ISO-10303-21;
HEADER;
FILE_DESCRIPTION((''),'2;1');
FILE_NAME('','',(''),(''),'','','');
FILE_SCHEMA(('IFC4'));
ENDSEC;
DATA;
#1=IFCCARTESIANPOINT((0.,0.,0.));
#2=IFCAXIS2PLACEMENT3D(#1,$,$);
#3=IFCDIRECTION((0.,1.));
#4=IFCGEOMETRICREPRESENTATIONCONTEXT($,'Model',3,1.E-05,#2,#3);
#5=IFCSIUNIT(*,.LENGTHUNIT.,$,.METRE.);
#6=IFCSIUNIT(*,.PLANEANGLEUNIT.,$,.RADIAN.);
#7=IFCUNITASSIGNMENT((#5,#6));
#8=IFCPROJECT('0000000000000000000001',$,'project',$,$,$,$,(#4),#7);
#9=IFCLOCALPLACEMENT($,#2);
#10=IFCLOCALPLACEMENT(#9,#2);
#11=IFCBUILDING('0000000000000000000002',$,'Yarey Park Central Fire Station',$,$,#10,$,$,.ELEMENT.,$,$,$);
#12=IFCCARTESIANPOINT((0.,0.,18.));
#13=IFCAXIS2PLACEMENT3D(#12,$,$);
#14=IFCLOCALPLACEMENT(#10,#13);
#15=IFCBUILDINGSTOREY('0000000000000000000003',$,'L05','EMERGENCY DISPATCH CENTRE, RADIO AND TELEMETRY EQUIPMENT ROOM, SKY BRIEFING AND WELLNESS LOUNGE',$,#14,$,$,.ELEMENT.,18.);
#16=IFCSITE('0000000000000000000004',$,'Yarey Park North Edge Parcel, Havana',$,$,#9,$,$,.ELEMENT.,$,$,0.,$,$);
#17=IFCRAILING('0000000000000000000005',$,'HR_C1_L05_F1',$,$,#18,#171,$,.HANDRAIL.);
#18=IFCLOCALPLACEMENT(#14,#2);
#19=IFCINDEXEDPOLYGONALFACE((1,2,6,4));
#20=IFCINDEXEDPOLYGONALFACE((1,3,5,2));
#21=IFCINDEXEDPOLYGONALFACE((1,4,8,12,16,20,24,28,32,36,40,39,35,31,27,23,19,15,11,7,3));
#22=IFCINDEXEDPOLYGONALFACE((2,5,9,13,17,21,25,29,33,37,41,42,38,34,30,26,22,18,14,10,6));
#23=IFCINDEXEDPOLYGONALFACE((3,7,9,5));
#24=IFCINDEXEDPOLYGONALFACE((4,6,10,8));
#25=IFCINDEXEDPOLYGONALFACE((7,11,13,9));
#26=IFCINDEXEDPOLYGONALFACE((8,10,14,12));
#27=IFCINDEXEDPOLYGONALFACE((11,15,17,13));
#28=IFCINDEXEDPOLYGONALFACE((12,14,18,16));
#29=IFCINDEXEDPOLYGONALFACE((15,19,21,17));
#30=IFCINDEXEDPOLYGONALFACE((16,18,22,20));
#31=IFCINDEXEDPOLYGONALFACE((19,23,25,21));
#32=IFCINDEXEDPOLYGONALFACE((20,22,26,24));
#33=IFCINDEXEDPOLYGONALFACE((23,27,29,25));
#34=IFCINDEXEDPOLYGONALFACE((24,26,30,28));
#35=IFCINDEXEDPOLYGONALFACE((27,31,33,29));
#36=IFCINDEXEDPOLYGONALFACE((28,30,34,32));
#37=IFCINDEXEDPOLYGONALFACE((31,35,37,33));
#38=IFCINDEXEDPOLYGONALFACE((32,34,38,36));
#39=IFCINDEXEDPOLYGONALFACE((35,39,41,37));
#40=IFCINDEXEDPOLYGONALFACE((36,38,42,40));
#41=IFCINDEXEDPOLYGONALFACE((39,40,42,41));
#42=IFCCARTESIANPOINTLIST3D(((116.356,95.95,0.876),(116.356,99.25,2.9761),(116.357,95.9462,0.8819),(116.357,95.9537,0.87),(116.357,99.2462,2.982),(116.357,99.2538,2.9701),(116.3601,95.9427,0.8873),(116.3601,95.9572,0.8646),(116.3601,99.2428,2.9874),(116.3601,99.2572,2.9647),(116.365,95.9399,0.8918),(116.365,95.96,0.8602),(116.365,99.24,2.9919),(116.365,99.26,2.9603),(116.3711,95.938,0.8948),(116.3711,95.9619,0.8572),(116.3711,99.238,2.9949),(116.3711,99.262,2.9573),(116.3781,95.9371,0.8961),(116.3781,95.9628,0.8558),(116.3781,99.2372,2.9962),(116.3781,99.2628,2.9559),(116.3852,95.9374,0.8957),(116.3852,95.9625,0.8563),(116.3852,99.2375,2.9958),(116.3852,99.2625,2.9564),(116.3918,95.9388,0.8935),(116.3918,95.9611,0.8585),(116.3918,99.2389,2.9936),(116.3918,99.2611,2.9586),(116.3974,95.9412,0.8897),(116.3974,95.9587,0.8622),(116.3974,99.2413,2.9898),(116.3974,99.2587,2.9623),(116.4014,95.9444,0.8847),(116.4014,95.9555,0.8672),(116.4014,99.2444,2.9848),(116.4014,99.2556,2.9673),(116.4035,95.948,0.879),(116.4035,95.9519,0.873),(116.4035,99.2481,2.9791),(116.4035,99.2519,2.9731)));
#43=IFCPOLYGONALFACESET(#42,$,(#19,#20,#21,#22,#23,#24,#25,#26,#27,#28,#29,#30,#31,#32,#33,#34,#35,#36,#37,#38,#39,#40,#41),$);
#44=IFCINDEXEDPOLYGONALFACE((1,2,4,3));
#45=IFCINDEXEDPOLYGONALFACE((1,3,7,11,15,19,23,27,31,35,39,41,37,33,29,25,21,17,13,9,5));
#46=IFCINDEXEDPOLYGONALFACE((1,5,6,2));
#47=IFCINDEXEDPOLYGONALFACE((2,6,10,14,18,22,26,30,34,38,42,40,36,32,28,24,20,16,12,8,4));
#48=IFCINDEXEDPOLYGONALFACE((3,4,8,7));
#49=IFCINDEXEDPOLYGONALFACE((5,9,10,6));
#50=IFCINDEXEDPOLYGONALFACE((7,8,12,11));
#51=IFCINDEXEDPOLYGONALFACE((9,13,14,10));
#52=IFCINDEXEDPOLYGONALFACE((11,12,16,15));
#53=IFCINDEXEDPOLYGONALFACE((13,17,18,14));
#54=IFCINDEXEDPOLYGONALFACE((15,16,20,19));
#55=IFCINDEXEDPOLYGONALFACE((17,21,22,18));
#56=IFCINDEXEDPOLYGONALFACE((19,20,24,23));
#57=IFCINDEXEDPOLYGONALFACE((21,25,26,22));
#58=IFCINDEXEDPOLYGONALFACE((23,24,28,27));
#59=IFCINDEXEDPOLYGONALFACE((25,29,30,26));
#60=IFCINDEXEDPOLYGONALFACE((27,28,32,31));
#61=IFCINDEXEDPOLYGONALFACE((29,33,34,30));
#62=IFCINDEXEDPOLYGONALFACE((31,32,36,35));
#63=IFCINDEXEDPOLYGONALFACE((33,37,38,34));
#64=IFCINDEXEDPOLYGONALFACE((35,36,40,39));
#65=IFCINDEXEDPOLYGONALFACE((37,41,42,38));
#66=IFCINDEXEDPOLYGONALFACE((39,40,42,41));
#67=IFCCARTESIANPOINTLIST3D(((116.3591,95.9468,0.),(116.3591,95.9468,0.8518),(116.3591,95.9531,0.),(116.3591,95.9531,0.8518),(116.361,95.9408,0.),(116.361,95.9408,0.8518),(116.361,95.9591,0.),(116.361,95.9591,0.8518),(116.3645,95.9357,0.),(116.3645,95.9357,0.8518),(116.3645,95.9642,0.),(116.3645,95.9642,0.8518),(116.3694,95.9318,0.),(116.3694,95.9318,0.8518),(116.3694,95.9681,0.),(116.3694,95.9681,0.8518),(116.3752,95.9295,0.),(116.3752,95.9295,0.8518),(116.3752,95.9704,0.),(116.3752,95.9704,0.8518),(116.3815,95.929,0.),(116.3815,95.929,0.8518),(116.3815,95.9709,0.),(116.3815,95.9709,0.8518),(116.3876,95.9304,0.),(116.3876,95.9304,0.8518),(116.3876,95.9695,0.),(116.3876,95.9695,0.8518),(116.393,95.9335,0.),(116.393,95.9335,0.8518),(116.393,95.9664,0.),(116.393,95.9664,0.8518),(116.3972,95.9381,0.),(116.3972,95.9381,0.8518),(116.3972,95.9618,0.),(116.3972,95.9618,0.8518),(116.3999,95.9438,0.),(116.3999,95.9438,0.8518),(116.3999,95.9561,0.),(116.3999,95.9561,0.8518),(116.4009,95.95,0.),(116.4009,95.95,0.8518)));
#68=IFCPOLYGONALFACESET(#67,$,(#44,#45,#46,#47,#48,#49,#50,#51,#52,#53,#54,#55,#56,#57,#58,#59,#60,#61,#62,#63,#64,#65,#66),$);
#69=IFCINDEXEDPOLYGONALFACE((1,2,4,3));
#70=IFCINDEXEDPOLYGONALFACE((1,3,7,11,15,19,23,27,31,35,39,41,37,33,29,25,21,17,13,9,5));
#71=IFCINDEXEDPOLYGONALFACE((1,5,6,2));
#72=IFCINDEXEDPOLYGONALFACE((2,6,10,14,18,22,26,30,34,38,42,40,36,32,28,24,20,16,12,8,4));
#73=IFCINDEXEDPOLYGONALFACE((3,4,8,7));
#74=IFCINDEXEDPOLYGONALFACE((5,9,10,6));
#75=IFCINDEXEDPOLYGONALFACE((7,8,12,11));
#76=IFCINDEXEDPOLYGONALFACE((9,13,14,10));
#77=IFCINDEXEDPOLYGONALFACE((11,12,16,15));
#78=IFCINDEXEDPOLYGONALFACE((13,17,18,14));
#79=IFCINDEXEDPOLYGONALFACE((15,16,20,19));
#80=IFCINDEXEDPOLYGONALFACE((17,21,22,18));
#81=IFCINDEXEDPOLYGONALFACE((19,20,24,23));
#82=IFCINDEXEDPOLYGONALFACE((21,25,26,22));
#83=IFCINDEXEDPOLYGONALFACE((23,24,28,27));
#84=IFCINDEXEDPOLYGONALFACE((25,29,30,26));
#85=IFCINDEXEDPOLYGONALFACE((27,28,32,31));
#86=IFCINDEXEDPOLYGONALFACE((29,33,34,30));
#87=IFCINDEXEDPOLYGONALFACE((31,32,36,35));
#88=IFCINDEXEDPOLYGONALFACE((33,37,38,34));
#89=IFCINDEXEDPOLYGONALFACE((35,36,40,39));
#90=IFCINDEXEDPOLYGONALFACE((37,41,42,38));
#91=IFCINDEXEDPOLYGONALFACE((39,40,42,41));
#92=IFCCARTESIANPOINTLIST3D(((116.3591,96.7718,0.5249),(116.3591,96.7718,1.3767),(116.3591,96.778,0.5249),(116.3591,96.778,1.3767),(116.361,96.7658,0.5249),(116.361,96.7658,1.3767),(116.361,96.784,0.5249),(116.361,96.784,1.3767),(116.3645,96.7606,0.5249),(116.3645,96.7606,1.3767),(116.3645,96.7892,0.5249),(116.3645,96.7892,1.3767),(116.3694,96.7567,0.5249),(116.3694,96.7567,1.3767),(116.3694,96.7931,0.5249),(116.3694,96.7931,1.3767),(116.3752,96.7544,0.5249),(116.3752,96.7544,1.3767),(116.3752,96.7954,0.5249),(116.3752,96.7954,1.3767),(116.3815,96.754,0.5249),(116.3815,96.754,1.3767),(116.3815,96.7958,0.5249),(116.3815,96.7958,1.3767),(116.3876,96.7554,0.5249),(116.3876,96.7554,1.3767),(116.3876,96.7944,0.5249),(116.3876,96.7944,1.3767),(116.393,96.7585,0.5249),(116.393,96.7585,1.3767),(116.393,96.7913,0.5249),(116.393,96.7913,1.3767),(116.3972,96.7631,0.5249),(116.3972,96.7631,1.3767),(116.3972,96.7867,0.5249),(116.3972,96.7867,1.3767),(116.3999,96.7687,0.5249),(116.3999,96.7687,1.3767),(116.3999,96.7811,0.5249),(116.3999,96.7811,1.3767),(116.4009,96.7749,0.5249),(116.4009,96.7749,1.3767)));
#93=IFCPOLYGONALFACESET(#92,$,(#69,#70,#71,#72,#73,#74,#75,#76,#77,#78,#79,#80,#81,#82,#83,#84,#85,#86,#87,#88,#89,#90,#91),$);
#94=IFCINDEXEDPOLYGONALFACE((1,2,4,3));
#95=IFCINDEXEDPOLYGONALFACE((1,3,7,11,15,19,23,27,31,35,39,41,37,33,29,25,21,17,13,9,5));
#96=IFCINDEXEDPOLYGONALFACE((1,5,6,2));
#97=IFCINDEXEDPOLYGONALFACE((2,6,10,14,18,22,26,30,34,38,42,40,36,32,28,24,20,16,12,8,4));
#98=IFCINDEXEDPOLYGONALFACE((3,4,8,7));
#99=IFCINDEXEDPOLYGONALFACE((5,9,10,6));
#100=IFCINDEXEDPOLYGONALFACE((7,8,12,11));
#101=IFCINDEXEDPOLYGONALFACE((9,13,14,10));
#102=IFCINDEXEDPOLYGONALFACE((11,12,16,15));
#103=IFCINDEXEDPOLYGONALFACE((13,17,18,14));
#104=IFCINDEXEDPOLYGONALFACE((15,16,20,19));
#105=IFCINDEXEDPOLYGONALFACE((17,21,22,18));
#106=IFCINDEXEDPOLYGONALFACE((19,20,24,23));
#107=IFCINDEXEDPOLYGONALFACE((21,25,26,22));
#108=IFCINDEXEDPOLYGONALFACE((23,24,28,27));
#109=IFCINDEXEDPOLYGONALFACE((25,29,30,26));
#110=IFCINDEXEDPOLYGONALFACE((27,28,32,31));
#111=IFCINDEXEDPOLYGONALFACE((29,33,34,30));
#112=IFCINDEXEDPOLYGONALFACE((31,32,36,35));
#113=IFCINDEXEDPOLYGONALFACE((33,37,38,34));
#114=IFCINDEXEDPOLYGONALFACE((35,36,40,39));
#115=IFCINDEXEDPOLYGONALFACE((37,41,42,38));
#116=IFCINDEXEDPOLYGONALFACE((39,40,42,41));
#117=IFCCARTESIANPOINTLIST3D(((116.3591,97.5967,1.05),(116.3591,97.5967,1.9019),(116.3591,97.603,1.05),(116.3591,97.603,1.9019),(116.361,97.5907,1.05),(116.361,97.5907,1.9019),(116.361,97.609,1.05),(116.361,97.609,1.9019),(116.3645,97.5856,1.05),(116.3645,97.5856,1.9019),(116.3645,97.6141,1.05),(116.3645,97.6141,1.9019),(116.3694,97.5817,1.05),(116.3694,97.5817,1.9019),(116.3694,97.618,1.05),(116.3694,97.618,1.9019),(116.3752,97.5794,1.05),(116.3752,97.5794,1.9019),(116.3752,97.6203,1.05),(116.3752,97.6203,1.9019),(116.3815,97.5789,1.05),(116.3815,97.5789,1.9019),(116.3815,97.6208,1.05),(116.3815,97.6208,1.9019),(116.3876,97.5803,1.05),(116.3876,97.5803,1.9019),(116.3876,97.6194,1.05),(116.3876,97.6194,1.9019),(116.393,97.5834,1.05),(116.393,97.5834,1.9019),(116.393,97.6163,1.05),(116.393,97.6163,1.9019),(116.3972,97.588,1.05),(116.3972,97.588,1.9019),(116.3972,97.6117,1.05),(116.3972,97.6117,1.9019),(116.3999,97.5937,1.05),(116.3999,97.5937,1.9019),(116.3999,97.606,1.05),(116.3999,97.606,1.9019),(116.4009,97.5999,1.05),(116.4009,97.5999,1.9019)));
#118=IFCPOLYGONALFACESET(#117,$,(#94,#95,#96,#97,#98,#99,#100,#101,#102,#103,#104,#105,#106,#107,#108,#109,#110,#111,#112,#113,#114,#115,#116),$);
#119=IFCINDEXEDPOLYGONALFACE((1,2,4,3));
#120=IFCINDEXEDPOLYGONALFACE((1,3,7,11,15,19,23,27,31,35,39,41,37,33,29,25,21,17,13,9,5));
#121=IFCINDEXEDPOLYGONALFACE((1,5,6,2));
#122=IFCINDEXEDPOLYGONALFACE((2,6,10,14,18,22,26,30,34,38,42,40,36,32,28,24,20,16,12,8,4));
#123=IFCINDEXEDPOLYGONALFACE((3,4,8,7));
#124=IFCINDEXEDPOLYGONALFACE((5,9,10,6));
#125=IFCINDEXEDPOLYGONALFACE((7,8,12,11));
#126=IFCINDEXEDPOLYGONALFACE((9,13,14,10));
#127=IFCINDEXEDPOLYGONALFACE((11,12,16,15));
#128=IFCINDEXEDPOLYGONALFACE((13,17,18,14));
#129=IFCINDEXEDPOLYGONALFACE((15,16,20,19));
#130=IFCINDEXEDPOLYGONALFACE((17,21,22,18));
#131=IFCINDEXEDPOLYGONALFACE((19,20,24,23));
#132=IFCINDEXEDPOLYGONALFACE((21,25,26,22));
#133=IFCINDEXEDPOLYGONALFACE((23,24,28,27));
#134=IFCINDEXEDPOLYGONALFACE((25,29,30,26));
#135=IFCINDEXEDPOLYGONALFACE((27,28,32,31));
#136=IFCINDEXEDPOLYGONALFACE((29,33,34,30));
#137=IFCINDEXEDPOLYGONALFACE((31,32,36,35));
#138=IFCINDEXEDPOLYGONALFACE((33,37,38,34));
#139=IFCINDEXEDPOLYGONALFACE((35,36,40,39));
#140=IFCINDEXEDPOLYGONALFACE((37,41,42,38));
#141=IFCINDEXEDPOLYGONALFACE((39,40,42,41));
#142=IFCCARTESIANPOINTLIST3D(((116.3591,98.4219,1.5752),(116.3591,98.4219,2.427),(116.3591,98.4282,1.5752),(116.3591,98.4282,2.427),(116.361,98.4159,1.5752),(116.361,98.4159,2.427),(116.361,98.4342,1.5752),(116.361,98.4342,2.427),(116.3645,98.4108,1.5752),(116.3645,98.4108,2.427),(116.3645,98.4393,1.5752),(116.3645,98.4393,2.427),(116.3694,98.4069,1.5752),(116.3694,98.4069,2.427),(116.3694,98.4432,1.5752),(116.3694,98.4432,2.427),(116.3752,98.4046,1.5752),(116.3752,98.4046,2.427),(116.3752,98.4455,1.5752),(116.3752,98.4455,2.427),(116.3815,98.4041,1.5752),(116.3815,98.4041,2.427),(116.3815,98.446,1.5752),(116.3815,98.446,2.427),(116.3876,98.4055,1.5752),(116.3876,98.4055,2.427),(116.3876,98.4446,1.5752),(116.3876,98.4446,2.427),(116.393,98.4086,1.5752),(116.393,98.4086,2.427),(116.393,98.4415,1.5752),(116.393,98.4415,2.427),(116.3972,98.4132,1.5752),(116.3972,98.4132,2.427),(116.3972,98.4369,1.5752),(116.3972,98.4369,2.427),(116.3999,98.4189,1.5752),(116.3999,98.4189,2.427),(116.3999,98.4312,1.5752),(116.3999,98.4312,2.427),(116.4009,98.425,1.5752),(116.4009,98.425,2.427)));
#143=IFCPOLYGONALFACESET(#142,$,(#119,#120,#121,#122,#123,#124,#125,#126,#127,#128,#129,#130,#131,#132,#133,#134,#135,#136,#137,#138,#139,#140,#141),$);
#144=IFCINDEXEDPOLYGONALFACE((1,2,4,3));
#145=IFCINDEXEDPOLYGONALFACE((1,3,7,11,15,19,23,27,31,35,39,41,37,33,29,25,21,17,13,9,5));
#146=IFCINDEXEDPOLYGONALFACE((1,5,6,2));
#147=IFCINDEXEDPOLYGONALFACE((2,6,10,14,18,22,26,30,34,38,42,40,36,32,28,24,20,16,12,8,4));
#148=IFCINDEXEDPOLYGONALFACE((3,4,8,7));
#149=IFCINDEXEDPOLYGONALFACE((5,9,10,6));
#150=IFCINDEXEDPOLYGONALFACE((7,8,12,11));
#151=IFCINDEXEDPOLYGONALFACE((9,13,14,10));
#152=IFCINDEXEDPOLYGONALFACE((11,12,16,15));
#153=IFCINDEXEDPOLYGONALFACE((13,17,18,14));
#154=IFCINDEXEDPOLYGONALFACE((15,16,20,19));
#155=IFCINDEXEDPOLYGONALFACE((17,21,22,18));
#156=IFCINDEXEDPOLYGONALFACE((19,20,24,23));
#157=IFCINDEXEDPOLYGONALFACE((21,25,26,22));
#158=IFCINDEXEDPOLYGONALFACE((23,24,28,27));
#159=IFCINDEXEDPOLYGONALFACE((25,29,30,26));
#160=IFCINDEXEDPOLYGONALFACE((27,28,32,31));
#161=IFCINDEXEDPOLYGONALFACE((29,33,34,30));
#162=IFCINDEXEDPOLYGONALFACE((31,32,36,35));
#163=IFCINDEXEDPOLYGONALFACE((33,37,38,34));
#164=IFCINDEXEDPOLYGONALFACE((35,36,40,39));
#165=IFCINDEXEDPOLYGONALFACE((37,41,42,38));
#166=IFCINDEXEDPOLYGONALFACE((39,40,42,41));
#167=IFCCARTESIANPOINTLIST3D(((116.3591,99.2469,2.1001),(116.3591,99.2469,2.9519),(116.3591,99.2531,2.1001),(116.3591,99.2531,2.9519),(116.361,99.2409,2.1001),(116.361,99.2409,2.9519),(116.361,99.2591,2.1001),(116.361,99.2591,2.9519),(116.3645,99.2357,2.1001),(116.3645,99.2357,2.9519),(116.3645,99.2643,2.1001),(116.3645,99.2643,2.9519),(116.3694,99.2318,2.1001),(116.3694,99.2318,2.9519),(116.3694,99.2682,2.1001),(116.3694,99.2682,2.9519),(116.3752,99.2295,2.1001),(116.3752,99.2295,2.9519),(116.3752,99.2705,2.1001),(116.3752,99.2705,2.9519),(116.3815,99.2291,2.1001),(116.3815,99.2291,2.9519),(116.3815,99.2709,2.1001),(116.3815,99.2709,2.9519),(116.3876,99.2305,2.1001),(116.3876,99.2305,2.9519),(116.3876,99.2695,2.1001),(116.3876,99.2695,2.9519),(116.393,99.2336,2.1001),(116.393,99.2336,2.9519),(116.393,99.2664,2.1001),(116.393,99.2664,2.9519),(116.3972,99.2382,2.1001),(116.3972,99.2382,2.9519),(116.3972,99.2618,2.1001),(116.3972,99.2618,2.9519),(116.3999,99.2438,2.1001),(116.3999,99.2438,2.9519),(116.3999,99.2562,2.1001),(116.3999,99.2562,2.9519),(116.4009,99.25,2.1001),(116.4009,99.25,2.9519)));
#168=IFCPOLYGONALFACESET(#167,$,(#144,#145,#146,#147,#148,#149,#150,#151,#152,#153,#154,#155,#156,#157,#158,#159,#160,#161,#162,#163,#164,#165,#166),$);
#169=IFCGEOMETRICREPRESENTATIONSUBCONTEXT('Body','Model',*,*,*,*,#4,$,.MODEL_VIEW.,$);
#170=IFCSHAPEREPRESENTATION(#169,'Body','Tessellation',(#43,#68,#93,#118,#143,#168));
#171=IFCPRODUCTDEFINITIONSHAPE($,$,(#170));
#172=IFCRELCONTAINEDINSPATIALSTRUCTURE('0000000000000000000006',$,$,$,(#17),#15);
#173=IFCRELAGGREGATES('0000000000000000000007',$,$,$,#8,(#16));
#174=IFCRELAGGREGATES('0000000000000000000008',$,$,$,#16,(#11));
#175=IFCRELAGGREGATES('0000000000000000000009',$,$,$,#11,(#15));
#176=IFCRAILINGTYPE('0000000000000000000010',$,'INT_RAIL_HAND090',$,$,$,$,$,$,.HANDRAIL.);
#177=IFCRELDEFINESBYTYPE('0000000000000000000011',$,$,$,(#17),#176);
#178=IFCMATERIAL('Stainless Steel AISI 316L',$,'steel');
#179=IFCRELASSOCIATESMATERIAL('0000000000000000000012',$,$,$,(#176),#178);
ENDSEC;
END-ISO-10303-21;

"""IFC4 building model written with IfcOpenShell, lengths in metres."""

from ifc_helpers import new_model, si_unit, direction, frame, origin, origin_2d, place, context, subcontext, project, spatial, circle, extrude, material, type_object, element, save


model = new_model("IFC4")

# Units and contexts
model_context = context("Model", 3, precision=1e-05, world=origin(), true_north=direction((0.0, 1.0)))
body_context = subcontext(model_context, "Body", "Model", "MODEL_VIEW")
ifc_project = project(units=[si_unit("LENGTHUNIT", "METRE"), si_unit("PLANEANGLEUNIT", "RADIAN")], contexts=[model_context])

# Site, building, storey
site_placement = place(None, origin())
site = spatial("IfcSite", under=ifc_project, at=site_placement, Name="Yarey Park North Edge Parcel, Havana", CompositionType="ELEMENT", RefElevation=0.0)
building_placement = place(site_placement, origin())
building = spatial("IfcBuilding", under=site, at=building_placement, Name="Yarey Park Central Fire Station", CompositionType="ELEMENT")
storey_placement = place(building_placement, frame((0.0, 0.0, 18.0)))
storey = spatial("IfcBuildingStorey", under=building, at=storey_placement, Name="L05", Description="EMERGENCY DISPATCH CENTRE, RADIO AND TELEMETRY EQUIPMENT ROOM, SKY BRIEFING AND WELLNESS LOUNGE", CompositionType="ELEMENT", Elevation=18.0)

# Railing
ifc_material_1 = material(Name="Stainless Steel AISI 316L", Category="steel")
railing_type_1 = type_object("IfcRailingType", Name="INT_RAIL_HAND090", PredefinedType="HANDRAIL", material=ifc_material_1)
railing_1_placement = place(storey_placement, frame((116.3799, 95.95, 0.0)))
element("IfcRailing", 1, at=railing_1_placement, inside=storey, type_object=railing_type_1, Name="HR_C1_L05_F1", PredefinedType="HANDRAIL", context=body_context, shape_type="SweptSolid", body=[
    extrude(circle(Radius=0.0239, at=origin_2d()), frame((0.0, 0.0, 0.876), z_axis=(0.0, 0.843654, 0.536888), x_axis=(-1.0, 0.0, 0.0)), (0.0, 0.0, 1.0), 3.9116),
    extrude(circle(Radius=0.021, at=origin_2d()), origin(), (0.0, 0.0, 1.0), 0.8518),
    extrude(circle(Radius=0.021, at=origin_2d()), frame((0.0, 0.825, 0.5249)), (0.0, 0.0, 1.0), 0.8518),
    extrude(circle(Radius=0.021, at=origin_2d()), frame((0.0, 1.6499, 1.05)), (0.0, 0.0, 1.0), 0.8518),
    extrude(circle(Radius=0.021, at=origin_2d()), frame((0.0, 2.4751, 1.5752)), (0.0, 0.0, 1.0), 0.8518),
    extrude(circle(Radius=0.021, at=origin_2d()), frame((0.0, 3.3, 2.1001)), (0.0, 0.0, 1.0), 0.8518),
])

save(model, "model.ifc")
